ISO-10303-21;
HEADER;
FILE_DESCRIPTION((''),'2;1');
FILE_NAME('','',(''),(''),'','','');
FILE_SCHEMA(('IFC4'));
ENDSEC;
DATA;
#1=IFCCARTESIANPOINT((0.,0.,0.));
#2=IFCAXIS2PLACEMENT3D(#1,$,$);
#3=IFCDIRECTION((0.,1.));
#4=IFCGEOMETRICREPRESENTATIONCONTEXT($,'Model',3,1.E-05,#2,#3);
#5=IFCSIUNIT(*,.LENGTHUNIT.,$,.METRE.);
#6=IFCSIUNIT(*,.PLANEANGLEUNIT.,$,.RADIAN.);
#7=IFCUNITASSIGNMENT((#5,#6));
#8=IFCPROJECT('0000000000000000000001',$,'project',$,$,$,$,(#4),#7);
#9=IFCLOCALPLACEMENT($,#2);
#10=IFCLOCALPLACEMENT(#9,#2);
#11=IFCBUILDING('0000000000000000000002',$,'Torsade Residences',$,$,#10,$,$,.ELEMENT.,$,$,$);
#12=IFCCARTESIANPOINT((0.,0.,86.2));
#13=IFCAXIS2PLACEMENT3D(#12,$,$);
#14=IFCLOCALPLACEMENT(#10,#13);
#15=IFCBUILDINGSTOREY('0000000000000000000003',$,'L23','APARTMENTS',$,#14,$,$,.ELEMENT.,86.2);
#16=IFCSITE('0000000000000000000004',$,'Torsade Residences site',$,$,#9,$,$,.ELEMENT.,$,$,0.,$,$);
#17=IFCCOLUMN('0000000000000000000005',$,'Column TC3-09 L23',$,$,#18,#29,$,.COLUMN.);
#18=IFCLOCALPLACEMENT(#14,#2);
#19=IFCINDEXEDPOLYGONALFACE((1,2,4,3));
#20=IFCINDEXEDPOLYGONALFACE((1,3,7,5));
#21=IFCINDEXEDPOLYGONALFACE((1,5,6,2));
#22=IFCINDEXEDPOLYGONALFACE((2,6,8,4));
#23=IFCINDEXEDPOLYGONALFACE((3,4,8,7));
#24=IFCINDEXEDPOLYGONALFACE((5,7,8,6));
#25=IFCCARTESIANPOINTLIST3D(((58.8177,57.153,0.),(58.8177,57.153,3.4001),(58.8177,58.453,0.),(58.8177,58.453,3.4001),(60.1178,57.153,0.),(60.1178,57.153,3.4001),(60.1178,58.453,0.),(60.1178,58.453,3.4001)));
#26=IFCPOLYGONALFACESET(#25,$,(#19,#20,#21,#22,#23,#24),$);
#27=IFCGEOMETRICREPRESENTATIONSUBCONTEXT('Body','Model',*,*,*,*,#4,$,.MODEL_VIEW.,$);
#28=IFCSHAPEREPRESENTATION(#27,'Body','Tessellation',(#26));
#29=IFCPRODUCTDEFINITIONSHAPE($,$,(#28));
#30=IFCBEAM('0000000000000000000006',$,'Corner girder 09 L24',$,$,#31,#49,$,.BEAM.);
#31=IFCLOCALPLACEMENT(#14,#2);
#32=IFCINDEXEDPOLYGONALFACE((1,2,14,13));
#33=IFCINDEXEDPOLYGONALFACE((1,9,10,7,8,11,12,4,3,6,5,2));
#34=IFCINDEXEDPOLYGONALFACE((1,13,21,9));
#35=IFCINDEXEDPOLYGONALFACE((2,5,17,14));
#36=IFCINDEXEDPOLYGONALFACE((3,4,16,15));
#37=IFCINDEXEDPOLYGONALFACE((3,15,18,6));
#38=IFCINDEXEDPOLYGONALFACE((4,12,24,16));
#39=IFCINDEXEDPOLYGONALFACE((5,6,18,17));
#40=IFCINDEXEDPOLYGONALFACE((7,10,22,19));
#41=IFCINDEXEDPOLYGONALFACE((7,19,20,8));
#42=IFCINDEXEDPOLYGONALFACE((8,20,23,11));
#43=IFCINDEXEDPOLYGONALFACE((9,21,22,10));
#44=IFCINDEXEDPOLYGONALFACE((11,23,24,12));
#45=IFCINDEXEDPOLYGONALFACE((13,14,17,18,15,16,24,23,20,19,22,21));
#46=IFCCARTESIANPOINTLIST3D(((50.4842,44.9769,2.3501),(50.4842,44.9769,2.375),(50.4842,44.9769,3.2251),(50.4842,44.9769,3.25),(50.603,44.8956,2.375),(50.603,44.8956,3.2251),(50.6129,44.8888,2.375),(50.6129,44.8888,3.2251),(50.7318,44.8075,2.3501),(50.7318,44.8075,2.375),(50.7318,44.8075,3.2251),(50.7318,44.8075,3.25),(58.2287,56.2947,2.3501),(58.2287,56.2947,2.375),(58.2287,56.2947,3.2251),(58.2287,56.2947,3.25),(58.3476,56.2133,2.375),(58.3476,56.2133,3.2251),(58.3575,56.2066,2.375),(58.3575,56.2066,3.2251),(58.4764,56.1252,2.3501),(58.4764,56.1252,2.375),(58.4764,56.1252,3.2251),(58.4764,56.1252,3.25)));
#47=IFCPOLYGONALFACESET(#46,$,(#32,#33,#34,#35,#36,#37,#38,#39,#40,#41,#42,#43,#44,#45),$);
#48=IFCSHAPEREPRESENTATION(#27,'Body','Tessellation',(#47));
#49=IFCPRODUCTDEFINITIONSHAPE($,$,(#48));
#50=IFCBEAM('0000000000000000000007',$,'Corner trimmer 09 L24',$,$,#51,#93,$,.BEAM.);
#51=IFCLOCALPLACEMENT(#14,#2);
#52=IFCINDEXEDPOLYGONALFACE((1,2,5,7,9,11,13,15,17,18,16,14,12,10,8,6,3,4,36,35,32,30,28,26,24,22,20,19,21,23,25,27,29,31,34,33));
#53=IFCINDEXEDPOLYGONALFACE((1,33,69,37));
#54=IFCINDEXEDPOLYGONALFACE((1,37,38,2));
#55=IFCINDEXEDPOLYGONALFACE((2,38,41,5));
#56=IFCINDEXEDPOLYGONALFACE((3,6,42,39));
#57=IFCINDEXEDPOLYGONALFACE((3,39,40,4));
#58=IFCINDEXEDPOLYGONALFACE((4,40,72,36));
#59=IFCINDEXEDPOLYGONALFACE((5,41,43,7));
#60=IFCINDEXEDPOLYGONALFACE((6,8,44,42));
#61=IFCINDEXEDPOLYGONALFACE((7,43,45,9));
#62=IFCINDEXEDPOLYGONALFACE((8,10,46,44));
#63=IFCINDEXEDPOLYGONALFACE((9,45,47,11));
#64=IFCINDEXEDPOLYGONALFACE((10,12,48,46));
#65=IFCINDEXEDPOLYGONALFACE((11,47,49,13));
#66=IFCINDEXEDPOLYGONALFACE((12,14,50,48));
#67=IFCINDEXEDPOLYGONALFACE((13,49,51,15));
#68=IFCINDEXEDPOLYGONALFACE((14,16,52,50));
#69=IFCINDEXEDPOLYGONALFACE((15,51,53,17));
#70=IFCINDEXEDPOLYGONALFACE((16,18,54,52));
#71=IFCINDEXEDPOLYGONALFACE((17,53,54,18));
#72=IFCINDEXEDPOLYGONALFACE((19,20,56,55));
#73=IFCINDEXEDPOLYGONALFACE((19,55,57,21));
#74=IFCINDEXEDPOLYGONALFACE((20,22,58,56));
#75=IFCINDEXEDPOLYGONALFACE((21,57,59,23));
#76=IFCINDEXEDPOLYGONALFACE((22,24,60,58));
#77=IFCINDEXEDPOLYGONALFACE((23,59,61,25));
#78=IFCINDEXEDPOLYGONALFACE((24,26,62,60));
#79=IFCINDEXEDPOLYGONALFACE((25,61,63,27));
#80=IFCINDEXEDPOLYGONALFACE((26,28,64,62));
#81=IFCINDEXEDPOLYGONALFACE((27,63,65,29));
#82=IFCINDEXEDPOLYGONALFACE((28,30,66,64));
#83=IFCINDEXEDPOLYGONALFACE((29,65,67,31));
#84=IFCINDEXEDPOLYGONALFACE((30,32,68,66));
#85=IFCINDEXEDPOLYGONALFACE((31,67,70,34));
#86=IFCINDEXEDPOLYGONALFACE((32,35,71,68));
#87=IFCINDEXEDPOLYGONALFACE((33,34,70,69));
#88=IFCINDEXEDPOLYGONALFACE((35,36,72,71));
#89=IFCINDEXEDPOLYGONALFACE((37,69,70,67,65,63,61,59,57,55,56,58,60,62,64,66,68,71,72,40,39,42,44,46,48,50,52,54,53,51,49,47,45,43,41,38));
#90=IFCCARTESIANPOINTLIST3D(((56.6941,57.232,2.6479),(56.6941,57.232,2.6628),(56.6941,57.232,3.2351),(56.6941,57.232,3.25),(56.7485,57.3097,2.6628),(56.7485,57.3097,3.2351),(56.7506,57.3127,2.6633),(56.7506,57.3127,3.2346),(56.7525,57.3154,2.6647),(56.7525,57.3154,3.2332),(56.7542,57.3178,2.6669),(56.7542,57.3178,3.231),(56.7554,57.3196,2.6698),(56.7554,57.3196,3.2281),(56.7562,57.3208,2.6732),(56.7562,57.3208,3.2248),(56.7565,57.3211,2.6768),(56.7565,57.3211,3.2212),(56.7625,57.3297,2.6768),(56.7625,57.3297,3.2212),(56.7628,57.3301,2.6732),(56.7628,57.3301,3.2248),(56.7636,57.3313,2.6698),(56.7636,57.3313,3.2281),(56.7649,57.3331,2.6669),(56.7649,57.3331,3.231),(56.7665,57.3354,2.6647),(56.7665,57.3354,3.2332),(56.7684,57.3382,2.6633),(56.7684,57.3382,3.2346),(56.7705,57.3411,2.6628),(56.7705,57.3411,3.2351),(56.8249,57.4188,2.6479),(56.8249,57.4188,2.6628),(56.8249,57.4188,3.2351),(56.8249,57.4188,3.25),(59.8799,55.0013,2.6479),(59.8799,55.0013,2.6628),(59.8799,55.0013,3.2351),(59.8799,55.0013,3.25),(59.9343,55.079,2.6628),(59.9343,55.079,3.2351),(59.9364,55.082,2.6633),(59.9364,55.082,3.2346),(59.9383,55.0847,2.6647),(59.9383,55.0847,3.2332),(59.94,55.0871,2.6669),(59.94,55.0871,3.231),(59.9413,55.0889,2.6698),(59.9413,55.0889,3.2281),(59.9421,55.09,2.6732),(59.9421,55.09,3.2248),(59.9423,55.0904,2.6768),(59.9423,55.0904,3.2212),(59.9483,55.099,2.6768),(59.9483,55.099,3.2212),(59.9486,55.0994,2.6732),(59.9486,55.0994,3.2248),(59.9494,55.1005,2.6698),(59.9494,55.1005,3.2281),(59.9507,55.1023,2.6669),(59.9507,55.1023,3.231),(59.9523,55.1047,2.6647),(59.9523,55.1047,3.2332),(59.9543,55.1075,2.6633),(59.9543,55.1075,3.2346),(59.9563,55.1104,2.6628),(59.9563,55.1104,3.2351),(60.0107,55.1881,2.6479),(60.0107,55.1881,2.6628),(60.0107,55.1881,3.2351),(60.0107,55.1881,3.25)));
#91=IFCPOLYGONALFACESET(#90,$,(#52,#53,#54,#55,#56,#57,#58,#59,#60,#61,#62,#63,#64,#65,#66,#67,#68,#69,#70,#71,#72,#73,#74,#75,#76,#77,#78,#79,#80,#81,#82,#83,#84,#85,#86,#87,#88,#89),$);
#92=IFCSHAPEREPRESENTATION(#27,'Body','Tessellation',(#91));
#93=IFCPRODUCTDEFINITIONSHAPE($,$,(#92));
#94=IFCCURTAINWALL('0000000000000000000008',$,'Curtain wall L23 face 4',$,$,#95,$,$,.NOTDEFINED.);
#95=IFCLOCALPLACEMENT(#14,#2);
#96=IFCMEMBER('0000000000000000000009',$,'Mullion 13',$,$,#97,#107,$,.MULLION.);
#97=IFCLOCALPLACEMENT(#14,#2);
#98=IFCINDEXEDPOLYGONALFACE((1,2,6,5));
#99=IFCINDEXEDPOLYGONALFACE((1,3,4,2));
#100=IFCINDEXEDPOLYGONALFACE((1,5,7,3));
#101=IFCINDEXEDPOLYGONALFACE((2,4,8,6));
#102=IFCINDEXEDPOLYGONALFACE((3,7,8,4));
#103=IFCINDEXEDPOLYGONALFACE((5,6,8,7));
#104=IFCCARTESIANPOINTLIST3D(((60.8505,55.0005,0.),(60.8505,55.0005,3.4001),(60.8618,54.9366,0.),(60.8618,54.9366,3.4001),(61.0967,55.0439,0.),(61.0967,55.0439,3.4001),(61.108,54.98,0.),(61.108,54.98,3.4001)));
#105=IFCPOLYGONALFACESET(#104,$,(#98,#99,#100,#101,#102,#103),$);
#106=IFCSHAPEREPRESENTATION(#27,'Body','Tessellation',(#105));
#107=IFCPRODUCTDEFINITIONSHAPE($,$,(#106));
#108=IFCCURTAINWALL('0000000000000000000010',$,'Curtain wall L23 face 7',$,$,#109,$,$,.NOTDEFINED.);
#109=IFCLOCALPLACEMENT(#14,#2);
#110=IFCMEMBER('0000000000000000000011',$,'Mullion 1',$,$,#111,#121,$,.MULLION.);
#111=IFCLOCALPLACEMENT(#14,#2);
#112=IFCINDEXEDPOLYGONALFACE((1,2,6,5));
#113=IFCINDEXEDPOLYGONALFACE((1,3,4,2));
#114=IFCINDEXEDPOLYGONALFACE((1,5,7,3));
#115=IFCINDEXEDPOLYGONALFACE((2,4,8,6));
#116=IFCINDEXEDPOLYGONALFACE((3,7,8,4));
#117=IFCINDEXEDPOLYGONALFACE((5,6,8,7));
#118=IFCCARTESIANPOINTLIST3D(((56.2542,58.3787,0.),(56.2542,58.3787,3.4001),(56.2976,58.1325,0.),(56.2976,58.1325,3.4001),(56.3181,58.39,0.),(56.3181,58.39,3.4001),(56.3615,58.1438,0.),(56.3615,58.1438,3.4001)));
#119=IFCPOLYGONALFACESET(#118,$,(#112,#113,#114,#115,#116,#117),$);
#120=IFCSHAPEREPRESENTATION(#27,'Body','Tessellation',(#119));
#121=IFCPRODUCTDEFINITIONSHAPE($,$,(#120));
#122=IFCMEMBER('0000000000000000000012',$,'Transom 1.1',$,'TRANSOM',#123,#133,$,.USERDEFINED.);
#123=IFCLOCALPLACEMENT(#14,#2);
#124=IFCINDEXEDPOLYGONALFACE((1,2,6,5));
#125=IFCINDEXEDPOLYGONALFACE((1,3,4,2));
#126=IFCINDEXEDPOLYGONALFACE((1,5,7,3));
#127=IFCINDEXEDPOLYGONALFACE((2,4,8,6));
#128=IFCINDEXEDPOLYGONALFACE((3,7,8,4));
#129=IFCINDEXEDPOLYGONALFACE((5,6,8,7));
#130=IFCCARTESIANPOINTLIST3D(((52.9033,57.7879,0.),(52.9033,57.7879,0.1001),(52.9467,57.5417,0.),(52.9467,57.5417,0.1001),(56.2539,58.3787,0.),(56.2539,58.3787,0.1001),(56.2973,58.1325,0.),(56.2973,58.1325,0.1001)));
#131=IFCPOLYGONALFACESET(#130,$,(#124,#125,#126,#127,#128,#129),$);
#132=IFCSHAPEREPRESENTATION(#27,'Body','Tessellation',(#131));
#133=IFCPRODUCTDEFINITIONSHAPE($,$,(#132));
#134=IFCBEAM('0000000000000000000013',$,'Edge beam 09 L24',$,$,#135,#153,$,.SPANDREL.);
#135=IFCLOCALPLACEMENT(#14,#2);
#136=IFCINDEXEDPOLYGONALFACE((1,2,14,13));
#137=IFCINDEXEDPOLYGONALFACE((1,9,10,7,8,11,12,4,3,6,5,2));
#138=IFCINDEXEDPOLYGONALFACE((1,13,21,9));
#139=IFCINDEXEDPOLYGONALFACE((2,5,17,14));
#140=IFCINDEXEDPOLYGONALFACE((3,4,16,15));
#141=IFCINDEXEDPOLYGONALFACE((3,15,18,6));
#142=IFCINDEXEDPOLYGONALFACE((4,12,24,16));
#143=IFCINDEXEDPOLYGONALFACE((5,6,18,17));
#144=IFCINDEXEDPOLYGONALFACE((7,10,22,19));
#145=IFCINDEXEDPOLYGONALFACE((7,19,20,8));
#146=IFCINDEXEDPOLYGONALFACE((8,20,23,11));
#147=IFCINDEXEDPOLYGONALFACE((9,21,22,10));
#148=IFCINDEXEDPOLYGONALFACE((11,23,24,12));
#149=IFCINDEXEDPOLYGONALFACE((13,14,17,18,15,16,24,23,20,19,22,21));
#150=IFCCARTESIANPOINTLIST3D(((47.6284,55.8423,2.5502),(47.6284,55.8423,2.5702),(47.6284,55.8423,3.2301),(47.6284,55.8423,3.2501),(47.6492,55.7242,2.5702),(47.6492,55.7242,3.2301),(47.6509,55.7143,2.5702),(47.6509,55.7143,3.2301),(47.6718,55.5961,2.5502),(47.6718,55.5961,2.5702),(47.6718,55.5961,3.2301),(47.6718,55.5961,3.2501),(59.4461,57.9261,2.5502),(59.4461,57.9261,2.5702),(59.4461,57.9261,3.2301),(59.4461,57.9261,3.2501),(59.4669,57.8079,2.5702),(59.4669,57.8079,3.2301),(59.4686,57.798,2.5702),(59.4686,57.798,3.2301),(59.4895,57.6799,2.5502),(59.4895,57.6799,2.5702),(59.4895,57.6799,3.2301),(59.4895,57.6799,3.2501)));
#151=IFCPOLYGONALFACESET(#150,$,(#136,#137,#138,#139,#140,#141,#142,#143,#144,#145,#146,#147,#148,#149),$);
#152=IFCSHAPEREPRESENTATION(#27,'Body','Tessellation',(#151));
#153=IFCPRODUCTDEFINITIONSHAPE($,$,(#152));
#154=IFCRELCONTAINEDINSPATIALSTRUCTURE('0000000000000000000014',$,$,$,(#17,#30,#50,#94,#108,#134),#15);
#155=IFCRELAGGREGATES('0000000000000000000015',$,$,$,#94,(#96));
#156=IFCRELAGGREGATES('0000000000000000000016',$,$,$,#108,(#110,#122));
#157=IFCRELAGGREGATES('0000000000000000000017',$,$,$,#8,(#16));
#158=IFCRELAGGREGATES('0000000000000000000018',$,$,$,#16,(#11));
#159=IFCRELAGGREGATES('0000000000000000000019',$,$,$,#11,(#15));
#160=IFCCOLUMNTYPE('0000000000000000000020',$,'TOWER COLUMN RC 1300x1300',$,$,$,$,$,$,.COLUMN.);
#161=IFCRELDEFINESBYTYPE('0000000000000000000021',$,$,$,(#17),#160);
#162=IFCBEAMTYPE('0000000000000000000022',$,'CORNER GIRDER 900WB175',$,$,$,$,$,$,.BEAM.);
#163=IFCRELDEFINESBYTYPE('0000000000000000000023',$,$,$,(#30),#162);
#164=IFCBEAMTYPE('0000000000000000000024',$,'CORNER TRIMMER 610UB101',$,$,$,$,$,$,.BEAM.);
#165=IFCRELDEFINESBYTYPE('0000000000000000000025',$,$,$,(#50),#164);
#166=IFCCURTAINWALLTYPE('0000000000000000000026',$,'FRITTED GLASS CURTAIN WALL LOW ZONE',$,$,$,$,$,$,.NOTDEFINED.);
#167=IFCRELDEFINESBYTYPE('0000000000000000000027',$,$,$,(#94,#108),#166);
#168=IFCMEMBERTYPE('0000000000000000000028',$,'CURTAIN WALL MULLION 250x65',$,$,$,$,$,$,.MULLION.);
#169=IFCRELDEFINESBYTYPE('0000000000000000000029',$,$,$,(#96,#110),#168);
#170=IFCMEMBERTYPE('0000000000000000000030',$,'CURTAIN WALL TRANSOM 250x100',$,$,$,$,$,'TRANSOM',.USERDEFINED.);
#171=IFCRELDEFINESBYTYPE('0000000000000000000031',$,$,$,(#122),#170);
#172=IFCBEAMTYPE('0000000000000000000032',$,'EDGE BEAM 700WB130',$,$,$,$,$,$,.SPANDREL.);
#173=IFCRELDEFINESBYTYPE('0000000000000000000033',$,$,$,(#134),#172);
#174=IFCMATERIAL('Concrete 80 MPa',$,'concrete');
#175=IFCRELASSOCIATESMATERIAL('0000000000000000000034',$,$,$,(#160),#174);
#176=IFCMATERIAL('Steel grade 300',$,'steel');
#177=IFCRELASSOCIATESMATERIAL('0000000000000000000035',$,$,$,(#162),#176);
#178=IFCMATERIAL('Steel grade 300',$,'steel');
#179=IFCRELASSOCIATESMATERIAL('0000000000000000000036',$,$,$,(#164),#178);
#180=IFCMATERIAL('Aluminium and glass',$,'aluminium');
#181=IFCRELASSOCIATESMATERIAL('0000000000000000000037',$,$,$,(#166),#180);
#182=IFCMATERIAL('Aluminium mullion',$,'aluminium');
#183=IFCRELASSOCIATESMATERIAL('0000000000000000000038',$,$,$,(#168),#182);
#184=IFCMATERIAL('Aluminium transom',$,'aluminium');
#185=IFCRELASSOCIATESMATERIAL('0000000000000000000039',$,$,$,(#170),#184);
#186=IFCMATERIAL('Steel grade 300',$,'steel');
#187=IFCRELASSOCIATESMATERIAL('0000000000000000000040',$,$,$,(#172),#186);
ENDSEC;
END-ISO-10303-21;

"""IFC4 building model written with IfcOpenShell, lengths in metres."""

from ifc_helpers import new_model, si_unit, direction, frame, origin, origin_2d, place, context, subcontext, project, spatial, rectangle, i_section, extrude, material, material_profile, profile_set, type_object, element, aggregate, save


model = new_model("IFC4")

# Units and contexts
model_context = context("Model", 3, precision=1e-05, world=origin(), true_north=direction((0.0, 1.0)))
body_context = subcontext(model_context, "Body", "Model", "MODEL_VIEW")
ifc_project = project(units=[si_unit("LENGTHUNIT", "METRE"), si_unit("PLANEANGLEUNIT", "RADIAN")], contexts=[model_context])

# Site, building, storey
site_placement = place(None, origin())
site = spatial("IfcSite", under=ifc_project, at=site_placement, Name="Torsade Residences site", CompositionType="ELEMENT", RefElevation=0.0)
building_placement = place(site_placement, origin())
building = spatial("IfcBuilding", under=site, at=building_placement, Name="Torsade Residences", CompositionType="ELEMENT")
storey_placement = place(building_placement, frame((0.0, 0.0, 86.2)))
storey = spatial("IfcBuildingStorey", under=building, at=storey_placement, Name="L23", Description="APARTMENTS", CompositionType="ELEMENT", Elevation=86.2)

# Column
ifc_material_1 = material(Name="Concrete 80 MPa", Category="concrete")
ifc_material_profile_1 = material_profile(ifc_material_1, rectangle(XDim=1.3, YDim=1.3, at=origin_2d()), Name="RC 1300x1300")
ifc_profile_set_1 = profile_set([ifc_material_profile_1], Name="Concrete 80 MPa")
column_type = type_object("IfcColumnType", Name="TOWER COLUMN RC 1300x1300", PredefinedType="COLUMN", material=ifc_profile_set_1)
column_placement = place(storey_placement, frame((59.4678, 57.803, 0.0), z_axis=(0.0, 0.0, 1.0), x_axis=(1.0, 0.0, 0.0)))
element("IfcColumn", 1, at=column_placement, inside=storey, type_object=column_type, Name="Column TC3-09 L23", PredefinedType="COLUMN", context=body_context, shape_type="SweptSolid", body=[
    extrude(rectangle(XDim=1.3, YDim=1.3, at=origin_2d()), origin(), (0.0, 0.0, 1.0), 3.4001),
])

# Beams
ifc_material_2 = material(Name="Steel grade 300", Category="steel")
ifc_material_profile_2 = material_profile(ifc_material_2, i_section(OverallWidth=0.3, OverallDepth=0.8999, WebThickness=0.012, FlangeThickness=0.0249, at=origin_2d()), Name="900WB175")
ifc_profile_set_2 = profile_set([ifc_material_profile_2], Name="Steel grade 300")
beam_type_1 = type_object("IfcBeamType", Name="CORNER GIRDER 900WB175", PredefinedType="BEAM", material=ifc_profile_set_2)
beam_1_placement = place(storey_placement, frame((58.3525, 56.21, 2.8), z_axis=(-0.564725, -0.825279, 0.0), x_axis=(0.825279, -0.564725, 0.0)))
element("IfcBeam", 2, at=beam_1_placement, inside=storey, type_object=beam_type_1, Name="Corner girder 09 L24", PredefinedType="BEAM", context=body_context, shape_type="SweptSolid", body=[
    extrude(i_section(OverallWidth=0.3, OverallDepth=0.8999, WebThickness=0.012, FlangeThickness=0.0249, at=origin_2d()), origin(), (0.0, 0.0, 1.0), 13.7139),
])
ifc_material_3 = material(Name="Steel grade 300", Category="steel")
ifc_material_profile_3 = material_profile(ifc_material_3, i_section(OverallWidth=0.228, OverallDepth=0.6021, WebThickness=0.0105, FlangeThickness=0.0149, FilletRadius=0.0139, at=origin_2d()), Name="610UB101")
ifc_profile_set_3 = profile_set([ifc_material_profile_3], Name="Steel grade 300")
beam_type_2 = type_object("IfcBeamType", Name="CORNER TRIMMER 610UB101", PredefinedType="BEAM", material=ifc_profile_set_3)
beam_2_placement = place(storey_placement, frame((56.7595, 57.3254, 2.949), z_axis=(0.819152, -0.573576, 0.0), x_axis=(0.573576, 0.819152, 0.0)))
element("IfcBeam", 3, at=beam_2_placement, inside=storey, type_object=beam_type_2, Name="Corner trimmer 09 L24", PredefinedType="BEAM", context=body_context, shape_type="SweptSolid", body=[
    extrude(i_section(OverallWidth=0.228, OverallDepth=0.6021, WebThickness=0.0105, FlangeThickness=0.0149, FilletRadius=0.0139, at=origin_2d()), origin(), (0.0, 0.0, 1.0), 3.8892),
])

# Curtain wall, member
ifc_material_4 = material(Name="Aluminium and glass", Category="aluminium")
curtain_wall_type = type_object("IfcCurtainWallType", Name="FRITTED GLASS CURTAIN WALL LOW ZONE", PredefinedType="NOTDEFINED", material=ifc_material_4)
curtain_wall_1_placement = place(storey_placement, origin())
curtain_wall_1 = element("IfcCurtainWall", 4, at=curtain_wall_1_placement, inside=storey, type_object=curtain_wall_type, Name="Curtain wall L23 face 4", PredefinedType="NOTDEFINED")
ifc_material_5 = material(Name="Aluminium mullion", Category="aluminium")
ifc_material_profile_4 = material_profile(ifc_material_5, rectangle(XDim=0.25, YDim=0.0649, at=origin_2d()), Name="CURTAIN WALL MULLION 250x65")
ifc_profile_set_4 = profile_set([ifc_material_profile_4], Name="Aluminium mullion")
member_type_1 = type_object("IfcMemberType", Name="CURTAIN WALL MULLION 250x65", PredefinedType="MULLION", material=ifc_profile_set_4)
member_1_placement = place(storey_placement, frame((60.9792, 54.9902, 0.0), z_axis=(0.0, 0.0, 1.0), x_axis=(-0.984808, -0.173648, 0.0)))
member_1 = element("IfcMember", 5, at=member_1_placement, type_object=member_type_1, Name="Mullion 13", PredefinedType="MULLION", context=body_context, shape_type="SweptSolid", body=[
    extrude(rectangle(XDim=0.25, YDim=0.0649, at=origin_2d()), origin(), (0.0, 0.0, 1.0), 3.4001),
])
aggregate(curtain_wall_1, [member_1])

# Curtain wall, members
curtain_wall_2_placement = place(storey_placement, origin())
curtain_wall_2 = element("IfcCurtainWall", 6, at=curtain_wall_2_placement, inside=storey, type_object=curtain_wall_type, Name="Curtain wall L23 face 7", PredefinedType="NOTDEFINED")
member_2_placement = place(storey_placement, frame((56.3079, 58.2612, 0.0), z_axis=(0.0, 0.0, 1.0), x_axis=(0.173648, -0.984808, 0.0)))
member_2 = element("IfcMember", 7, at=member_2_placement, type_object=member_type_1, Name="Mullion 1", PredefinedType="MULLION", context=body_context, shape_type="SweptSolid", body=[
    extrude(rectangle(XDim=0.25, YDim=0.0649, at=origin_2d()), origin(), (0.0, 0.0, 1.0), 3.4001),
])
ifc_material_6 = material(Name="Aluminium transom", Category="aluminium")
ifc_material_profile_5 = material_profile(ifc_material_6, rectangle(XDim=0.25, YDim=0.1001, at=origin_2d()), Name="CURTAIN WALL TRANSOM 250x100")
ifc_profile_set_5 = profile_set([ifc_material_profile_5], Name="Aluminium transom")
member_type_2 = type_object("IfcMemberType", Name="CURTAIN WALL TRANSOM 250x100", ElementType="TRANSOM", PredefinedType="USERDEFINED", material=ifc_profile_set_5)
member_3_placement = place(storey_placement, frame((56.2756, 58.2556, 0.05), z_axis=(-0.984807, -0.173654, 0.0), x_axis=(0.173654, -0.984807, 0.0)))
member_3 = element("IfcMember", 8, at=member_3_placement, type_object=member_type_2, Name="Transom 1.1", ObjectType="TRANSOM", PredefinedType="USERDEFINED", context=body_context, shape_type="SweptSolid", body=[
    extrude(rectangle(XDim=0.25, YDim=0.1001, at=origin_2d()), origin(), (0.0, 0.0, 1.0), 3.4023),
])

# Beam
ifc_material_7 = material(Name="Steel grade 300", Category="steel")
ifc_material_profile_6 = material_profile(ifc_material_7, i_section(OverallWidth=0.25, OverallDepth=0.7, WebThickness=0.01, FlangeThickness=0.02, at=origin_2d()), Name="700WB130")
ifc_profile_set_6 = profile_set([ifc_material_profile_6], Name="Steel grade 300")
beam_type_3 = type_object("IfcBeamType", Name="EDGE BEAM 700WB130", PredefinedType="SPANDREL", material=ifc_profile_set_6)
beam_3_placement = place(storey_placement, frame((59.4678, 57.803, 2.9001), z_axis=(-0.984808, -0.173646, 0.0), x_axis=(0.173646, -0.984808, 0.0)))
element("IfcBeam", 9, at=beam_3_placement, inside=storey, type_object=beam_type_3, Name="Edge beam 09 L24", PredefinedType="SPANDREL", context=body_context, shape_type="SweptSolid", body=[
    extrude(i_section(OverallWidth=0.25, OverallDepth=0.7, WebThickness=0.01, FlangeThickness=0.02, at=origin_2d()), origin(), (0.0, 0.0, 1.0), 12.0),
])

aggregate(curtain_wall_2, [member_2, member_3])

save(model, "model.ifc")
